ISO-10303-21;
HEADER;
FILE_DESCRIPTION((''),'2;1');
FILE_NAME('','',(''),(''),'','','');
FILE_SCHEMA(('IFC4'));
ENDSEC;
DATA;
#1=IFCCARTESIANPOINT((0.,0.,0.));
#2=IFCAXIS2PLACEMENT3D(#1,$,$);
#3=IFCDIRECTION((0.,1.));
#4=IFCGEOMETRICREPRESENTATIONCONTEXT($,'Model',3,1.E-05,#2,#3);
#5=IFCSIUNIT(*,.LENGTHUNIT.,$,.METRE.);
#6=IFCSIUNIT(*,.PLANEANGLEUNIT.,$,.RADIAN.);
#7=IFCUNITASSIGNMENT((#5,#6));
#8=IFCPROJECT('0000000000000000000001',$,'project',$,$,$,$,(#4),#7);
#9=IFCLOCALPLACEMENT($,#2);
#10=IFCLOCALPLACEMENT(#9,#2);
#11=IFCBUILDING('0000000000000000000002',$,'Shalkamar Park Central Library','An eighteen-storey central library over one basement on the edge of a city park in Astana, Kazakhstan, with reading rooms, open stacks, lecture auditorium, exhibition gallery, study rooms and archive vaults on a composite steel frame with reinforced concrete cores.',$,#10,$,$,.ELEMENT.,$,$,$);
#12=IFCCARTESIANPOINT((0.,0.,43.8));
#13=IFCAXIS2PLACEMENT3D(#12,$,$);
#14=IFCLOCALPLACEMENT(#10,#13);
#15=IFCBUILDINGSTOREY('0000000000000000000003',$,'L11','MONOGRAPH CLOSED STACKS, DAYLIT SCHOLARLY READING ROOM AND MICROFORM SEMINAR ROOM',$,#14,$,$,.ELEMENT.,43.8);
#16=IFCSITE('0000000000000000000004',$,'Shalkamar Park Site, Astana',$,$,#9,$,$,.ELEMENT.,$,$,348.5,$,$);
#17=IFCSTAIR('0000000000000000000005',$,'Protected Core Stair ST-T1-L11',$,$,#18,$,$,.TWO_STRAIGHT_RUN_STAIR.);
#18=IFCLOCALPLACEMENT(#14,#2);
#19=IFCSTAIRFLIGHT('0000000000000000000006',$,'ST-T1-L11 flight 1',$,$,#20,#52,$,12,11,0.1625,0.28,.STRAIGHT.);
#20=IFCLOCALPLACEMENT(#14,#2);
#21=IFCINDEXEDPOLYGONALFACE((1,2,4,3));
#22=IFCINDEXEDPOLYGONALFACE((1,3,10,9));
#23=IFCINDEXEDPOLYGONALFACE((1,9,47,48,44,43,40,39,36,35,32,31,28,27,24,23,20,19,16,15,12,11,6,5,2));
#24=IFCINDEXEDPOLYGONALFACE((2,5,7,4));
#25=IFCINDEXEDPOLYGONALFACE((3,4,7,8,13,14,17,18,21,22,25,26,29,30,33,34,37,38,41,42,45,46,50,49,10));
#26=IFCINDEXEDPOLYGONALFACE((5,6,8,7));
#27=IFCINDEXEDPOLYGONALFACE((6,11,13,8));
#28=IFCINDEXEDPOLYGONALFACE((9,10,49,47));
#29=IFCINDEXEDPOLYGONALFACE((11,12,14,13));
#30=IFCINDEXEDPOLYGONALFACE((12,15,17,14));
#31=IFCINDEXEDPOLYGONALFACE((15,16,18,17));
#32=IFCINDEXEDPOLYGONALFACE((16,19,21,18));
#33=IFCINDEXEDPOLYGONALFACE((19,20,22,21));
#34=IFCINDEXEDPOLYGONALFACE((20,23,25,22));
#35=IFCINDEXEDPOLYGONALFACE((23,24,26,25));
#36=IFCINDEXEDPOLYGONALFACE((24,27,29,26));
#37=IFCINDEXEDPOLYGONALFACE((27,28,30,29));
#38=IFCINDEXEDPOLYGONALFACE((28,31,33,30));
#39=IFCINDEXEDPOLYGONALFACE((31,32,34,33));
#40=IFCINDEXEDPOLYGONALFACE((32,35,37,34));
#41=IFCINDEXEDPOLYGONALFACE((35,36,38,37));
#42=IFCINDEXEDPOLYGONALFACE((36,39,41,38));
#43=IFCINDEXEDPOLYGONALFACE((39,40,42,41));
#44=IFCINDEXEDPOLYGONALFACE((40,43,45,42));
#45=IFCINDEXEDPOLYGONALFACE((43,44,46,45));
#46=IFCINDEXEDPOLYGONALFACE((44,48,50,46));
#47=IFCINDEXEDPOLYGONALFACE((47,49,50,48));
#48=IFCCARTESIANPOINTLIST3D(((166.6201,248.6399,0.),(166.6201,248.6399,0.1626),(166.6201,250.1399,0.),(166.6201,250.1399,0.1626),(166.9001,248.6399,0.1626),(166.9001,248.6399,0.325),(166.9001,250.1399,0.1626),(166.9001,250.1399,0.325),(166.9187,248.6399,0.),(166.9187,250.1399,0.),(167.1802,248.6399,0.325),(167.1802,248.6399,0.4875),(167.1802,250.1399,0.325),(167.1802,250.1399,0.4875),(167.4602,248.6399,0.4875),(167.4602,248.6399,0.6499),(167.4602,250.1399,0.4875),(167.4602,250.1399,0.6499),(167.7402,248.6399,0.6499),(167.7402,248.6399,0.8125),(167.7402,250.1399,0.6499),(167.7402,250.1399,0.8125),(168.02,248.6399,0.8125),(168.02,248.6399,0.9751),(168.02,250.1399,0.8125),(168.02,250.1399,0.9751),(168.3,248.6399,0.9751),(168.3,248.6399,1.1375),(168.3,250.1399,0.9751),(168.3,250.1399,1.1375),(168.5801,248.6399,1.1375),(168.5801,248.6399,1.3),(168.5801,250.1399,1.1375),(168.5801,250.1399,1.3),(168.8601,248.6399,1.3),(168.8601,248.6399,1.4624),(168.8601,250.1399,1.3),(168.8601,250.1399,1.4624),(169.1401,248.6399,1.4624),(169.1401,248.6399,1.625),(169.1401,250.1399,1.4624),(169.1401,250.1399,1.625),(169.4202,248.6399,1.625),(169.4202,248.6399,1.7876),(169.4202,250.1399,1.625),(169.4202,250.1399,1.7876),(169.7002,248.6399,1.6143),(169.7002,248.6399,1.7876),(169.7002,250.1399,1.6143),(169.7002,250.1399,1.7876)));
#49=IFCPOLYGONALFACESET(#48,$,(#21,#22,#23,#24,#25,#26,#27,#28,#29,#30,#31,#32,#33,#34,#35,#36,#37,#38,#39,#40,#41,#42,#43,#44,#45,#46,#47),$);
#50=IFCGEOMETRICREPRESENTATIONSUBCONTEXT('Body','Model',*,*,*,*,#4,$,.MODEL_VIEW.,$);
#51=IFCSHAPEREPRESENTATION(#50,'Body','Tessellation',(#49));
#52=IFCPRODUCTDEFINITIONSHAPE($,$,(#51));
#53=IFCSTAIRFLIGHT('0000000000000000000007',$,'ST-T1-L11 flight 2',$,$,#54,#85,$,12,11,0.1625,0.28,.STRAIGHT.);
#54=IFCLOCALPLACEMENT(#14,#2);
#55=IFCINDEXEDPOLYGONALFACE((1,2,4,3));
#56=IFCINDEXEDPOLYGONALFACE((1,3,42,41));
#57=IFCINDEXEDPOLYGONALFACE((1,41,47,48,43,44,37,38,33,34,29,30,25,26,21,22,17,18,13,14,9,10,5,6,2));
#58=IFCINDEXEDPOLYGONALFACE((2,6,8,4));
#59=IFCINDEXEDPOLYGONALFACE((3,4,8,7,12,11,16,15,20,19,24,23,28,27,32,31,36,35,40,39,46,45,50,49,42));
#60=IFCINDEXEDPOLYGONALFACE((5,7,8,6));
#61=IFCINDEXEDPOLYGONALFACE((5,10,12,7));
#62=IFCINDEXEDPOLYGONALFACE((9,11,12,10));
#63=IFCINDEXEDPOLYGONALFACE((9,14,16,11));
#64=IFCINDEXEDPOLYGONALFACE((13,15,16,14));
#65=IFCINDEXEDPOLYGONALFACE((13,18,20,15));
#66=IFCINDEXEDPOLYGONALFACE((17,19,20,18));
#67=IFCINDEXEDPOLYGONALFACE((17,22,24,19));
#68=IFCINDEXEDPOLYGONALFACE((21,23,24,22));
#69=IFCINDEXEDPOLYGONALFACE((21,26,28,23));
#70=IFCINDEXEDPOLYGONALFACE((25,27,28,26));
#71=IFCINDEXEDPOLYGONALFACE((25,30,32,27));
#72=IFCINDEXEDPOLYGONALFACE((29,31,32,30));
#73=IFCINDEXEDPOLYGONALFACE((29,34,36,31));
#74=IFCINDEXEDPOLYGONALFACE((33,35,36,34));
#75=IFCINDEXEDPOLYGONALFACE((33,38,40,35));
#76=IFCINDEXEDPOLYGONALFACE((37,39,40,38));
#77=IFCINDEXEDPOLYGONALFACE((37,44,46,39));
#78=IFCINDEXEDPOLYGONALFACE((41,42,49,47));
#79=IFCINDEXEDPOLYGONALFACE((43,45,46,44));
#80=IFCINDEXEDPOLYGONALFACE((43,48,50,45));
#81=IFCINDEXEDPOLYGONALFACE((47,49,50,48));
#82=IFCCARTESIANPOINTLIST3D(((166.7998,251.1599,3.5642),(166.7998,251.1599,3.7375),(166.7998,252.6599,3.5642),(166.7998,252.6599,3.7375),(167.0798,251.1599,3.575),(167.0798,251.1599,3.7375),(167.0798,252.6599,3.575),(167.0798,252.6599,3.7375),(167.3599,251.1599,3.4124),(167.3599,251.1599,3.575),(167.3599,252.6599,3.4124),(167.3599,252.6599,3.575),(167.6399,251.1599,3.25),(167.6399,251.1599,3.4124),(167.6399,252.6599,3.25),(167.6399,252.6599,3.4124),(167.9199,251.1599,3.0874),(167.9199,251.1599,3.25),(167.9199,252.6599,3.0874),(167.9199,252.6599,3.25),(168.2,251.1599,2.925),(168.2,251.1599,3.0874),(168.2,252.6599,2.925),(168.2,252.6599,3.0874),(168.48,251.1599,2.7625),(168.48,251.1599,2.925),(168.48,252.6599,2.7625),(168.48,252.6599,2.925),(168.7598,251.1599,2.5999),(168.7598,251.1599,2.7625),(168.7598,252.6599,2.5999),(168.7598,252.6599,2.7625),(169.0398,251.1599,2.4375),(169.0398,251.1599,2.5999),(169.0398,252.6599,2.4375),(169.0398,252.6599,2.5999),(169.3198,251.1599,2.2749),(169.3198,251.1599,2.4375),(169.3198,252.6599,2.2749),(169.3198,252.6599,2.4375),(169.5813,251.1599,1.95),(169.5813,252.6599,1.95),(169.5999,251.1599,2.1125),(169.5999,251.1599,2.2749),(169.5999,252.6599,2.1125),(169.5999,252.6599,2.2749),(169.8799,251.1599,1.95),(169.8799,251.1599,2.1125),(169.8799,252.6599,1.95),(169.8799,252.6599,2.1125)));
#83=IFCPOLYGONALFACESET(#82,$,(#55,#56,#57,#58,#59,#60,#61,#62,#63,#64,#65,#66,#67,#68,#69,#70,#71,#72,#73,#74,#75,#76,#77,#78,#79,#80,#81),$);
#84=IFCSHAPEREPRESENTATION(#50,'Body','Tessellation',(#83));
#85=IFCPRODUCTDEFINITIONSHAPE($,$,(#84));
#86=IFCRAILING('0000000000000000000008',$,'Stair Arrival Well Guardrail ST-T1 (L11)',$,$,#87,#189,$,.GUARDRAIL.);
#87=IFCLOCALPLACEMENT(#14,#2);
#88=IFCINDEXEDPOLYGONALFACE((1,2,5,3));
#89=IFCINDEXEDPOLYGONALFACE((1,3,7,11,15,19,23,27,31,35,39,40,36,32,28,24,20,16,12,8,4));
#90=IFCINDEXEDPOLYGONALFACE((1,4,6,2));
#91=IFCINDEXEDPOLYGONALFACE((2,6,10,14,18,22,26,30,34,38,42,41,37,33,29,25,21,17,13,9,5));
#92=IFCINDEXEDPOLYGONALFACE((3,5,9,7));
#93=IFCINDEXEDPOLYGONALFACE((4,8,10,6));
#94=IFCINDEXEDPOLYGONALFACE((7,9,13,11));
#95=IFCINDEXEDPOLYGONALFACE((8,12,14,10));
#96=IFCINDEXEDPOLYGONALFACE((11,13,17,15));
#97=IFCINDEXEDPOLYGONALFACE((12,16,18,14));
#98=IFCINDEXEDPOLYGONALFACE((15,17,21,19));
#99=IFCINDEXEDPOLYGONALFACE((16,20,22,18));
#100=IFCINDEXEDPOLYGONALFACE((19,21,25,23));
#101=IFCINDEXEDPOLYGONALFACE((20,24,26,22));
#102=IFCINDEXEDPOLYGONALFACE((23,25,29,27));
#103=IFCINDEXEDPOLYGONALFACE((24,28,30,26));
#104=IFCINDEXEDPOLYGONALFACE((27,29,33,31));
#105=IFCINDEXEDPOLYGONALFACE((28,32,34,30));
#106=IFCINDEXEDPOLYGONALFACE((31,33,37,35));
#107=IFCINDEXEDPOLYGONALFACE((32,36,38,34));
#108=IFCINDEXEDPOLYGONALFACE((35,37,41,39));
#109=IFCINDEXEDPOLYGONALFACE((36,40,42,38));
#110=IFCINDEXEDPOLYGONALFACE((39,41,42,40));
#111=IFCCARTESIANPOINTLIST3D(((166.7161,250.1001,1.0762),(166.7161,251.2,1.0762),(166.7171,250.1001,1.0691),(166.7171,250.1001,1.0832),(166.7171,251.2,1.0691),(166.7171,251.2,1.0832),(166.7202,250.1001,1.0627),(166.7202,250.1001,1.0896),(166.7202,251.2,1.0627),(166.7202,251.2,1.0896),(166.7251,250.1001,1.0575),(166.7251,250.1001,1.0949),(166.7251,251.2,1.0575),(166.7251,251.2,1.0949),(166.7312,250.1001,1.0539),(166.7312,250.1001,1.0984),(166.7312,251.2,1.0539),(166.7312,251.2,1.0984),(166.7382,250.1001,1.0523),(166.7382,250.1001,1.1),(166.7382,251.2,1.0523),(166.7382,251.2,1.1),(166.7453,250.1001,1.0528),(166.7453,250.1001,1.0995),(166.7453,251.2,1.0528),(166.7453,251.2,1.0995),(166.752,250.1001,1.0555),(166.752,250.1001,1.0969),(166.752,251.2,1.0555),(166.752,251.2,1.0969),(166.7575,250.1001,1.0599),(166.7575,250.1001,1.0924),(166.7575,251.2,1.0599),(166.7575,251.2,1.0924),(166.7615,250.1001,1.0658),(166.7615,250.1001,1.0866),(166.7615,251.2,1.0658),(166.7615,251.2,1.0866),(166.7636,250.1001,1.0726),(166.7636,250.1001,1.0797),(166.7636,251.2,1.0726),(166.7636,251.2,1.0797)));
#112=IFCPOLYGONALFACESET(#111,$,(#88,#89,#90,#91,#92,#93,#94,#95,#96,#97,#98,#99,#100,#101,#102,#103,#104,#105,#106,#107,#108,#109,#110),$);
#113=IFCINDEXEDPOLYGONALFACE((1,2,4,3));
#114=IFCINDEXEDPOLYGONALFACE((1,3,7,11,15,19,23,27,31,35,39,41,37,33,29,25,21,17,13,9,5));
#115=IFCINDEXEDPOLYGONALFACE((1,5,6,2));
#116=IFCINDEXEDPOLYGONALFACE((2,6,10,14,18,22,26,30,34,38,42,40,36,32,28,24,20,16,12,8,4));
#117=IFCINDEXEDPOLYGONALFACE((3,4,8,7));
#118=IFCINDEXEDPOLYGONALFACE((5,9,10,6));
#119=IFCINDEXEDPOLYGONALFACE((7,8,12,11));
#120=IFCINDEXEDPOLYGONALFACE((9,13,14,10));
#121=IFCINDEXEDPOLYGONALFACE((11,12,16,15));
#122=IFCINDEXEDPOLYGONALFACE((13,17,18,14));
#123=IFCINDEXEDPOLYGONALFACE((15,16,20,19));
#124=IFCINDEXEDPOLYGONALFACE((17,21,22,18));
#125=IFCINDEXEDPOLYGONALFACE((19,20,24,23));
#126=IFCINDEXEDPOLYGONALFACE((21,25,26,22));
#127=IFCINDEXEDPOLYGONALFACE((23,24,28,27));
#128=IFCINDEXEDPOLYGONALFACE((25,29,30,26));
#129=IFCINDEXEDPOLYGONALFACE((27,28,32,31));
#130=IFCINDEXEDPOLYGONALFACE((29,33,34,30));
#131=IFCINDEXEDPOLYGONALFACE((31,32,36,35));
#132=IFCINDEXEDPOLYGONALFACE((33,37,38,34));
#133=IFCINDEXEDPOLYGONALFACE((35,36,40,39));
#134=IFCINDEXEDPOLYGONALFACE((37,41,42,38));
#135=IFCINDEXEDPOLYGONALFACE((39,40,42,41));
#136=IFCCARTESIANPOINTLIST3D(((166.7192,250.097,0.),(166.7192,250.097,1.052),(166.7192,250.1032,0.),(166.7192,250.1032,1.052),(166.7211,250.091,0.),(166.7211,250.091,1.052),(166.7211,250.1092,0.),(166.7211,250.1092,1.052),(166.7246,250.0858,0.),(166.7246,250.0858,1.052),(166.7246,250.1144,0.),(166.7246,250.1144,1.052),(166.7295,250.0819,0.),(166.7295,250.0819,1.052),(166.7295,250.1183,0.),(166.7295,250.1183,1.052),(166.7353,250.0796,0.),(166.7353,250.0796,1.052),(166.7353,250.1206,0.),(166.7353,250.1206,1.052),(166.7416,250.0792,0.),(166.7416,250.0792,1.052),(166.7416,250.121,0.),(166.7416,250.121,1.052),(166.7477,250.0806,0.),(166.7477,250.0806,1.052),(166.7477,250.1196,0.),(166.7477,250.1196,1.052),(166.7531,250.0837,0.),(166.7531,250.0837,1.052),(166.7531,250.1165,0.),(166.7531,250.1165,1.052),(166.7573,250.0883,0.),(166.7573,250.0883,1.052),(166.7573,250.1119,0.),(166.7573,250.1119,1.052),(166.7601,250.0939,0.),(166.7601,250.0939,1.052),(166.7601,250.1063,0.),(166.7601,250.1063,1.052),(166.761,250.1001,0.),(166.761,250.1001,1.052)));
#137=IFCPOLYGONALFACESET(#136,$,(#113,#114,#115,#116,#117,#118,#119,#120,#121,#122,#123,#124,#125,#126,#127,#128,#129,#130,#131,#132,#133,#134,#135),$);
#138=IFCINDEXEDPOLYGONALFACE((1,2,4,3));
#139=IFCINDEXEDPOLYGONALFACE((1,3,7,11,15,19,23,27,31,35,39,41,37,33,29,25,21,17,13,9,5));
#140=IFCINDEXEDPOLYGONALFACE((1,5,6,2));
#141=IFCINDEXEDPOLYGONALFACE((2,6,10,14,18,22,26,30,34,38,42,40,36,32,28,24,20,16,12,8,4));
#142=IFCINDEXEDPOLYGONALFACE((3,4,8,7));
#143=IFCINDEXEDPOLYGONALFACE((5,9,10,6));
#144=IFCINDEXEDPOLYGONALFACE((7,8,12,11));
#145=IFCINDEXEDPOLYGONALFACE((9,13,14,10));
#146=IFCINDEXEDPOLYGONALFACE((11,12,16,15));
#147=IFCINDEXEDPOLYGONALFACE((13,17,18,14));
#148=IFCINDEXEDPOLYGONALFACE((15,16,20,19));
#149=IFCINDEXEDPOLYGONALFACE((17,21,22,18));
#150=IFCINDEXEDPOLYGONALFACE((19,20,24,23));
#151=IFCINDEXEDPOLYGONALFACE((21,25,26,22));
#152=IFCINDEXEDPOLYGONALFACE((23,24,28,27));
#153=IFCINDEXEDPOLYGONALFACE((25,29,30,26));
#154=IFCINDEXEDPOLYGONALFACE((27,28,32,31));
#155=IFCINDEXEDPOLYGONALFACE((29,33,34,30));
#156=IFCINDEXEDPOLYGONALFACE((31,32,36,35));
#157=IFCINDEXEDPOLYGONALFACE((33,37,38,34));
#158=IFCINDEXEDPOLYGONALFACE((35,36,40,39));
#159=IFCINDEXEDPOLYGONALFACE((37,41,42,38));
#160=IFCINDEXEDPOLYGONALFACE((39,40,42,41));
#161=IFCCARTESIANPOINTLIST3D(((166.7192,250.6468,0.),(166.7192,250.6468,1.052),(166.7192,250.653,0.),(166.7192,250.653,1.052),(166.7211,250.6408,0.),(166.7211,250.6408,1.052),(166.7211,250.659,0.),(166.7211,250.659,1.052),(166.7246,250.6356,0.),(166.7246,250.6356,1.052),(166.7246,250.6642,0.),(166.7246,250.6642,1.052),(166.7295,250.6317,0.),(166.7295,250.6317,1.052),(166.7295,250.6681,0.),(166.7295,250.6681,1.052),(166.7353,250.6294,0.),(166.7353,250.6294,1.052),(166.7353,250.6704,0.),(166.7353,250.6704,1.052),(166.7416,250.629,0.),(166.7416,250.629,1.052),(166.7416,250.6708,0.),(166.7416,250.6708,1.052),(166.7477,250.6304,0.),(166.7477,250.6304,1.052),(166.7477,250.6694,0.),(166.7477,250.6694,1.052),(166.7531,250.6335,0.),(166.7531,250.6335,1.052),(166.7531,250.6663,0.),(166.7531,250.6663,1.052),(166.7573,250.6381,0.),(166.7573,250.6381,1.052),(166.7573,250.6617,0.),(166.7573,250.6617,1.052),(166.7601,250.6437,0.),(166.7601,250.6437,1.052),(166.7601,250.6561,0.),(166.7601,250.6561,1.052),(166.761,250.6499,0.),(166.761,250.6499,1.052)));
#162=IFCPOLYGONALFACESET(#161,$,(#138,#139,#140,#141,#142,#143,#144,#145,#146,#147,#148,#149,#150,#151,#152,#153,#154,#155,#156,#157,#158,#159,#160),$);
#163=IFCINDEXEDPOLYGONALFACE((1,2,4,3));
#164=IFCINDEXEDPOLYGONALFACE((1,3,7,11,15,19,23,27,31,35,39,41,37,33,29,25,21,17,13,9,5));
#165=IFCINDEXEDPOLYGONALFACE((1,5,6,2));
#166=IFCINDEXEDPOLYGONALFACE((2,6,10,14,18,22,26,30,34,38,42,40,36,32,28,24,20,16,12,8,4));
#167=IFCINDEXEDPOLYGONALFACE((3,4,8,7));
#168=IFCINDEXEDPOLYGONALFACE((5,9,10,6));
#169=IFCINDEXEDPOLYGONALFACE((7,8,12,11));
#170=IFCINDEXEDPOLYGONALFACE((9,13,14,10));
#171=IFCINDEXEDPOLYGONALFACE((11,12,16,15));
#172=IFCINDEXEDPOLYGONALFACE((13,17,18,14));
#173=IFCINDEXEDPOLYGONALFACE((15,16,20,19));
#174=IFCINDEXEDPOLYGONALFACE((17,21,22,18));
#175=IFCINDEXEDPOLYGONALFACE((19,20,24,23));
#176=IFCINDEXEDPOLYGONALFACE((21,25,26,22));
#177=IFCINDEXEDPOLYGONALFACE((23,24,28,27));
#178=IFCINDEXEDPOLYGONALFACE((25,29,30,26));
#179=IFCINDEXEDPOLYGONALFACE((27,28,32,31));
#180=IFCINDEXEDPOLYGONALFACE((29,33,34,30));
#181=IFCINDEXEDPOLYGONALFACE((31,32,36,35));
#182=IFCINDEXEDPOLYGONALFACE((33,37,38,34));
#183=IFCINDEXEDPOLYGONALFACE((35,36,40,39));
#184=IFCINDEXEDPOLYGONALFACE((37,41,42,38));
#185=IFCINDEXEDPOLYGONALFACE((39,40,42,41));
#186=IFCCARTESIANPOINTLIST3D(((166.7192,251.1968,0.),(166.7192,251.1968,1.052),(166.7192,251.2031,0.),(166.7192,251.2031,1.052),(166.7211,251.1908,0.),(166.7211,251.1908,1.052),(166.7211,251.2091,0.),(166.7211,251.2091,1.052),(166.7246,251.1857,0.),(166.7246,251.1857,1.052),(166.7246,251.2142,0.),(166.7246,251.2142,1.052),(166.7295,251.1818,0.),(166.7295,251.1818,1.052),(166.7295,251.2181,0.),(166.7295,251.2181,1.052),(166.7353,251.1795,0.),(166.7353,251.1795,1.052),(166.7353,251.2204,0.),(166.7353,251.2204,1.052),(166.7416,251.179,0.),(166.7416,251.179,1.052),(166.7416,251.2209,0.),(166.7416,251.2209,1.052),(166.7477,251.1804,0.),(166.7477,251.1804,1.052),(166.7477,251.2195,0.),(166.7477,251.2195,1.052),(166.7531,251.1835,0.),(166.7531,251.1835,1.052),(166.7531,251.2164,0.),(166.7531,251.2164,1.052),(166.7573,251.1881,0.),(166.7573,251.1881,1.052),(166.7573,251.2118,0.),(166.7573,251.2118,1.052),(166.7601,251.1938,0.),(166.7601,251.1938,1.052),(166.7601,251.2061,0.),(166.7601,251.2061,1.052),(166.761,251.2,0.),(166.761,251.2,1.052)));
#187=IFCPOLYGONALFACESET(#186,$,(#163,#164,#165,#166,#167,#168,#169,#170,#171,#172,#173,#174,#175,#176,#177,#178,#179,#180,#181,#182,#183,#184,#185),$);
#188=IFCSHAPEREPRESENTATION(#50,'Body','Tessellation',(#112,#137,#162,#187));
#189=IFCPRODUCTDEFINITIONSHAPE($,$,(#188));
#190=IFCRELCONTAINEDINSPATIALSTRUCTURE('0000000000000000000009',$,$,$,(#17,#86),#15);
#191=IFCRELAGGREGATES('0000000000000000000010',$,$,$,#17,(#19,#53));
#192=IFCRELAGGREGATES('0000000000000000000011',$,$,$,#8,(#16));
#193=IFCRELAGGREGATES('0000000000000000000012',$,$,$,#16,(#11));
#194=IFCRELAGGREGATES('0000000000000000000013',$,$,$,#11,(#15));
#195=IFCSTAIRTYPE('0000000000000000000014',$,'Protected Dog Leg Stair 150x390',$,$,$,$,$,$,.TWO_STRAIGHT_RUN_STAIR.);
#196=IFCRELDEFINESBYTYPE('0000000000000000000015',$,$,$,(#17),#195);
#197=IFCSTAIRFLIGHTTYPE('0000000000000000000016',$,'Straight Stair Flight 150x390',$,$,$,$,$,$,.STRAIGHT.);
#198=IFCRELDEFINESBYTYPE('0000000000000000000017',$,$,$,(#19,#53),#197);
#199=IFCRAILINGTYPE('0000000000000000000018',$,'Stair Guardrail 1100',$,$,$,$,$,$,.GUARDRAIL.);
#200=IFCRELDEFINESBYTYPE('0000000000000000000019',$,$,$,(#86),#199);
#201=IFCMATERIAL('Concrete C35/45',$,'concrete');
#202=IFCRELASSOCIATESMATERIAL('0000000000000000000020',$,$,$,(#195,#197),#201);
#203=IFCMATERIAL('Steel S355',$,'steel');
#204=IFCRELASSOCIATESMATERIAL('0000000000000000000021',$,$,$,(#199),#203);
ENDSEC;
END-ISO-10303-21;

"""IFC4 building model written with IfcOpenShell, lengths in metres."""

from ifc_helpers import new_model, si_unit, direction, frame, origin, origin_2d, place, context, subcontext, project, spatial, polyline, circle, outline, extrude, material, type_object, element, aggregate, save


model = new_model("IFC4")

# Units and contexts
model_context = context("Model", 3, precision=1e-05, world=origin(), true_north=direction((0.0, 1.0)))
body_context = subcontext(model_context, "Body", "Model", "MODEL_VIEW")
ifc_project = project(units=[si_unit("LENGTHUNIT", "METRE"), si_unit("PLANEANGLEUNIT", "RADIAN")], contexts=[model_context])

# Site, building, storey
site_placement = place(None, origin())
site = spatial("IfcSite", under=ifc_project, at=site_placement, Name="Shalkamar Park Site, Astana", CompositionType="ELEMENT", RefElevation=348.5)
building_placement = place(site_placement, origin())
building = spatial("IfcBuilding", under=site, at=building_placement, Name="Shalkamar Park Central Library", Description="An eighteen-storey central library over one basement on the edge of a city park in Astana, Kazakhstan, with reading rooms, open stacks, lecture auditorium, exhibition gallery, study rooms and archive vaults on a composite steel frame with reinforced concrete cores.", CompositionType="ELEMENT")
storey_placement = place(building_placement, frame((0.0, 0.0, 43.8)))
storey = spatial("IfcBuildingStorey", under=building, at=storey_placement, Name="L11", Description="MONOGRAPH CLOSED STACKS, DAYLIT SCHOLARLY READING ROOM AND MICROFORM SEMINAR ROOM", CompositionType="ELEMENT", Elevation=43.8)

# Shared definitions
ifc_material_1 = material(Name="Steel S355", Category="steel")

# Stair, stair flights
ifc_material_2 = material(Name="Concrete C35/45", Category="concrete")
stair_type = type_object("IfcStairType", Name="Protected Dog Leg Stair 150x390", PredefinedType="TWO_STRAIGHT_RUN_STAIR", material=ifc_material_2)
stair_placement = place(storey_placement, origin())
stair = element("IfcStair", 1, at=stair_placement, inside=storey, type_object=stair_type, Name="Protected Core Stair ST-T1-L11", PredefinedType="TWO_STRAIGHT_RUN_STAIR")
stair_flight_type = type_object("IfcStairFlightType", Name="Straight Stair Flight 150x390", PredefinedType="STRAIGHT", material=ifc_material_2)
stair_flight_1_placement = place(storey_placement, frame((166.6201, 249.3899, 0.0), z_axis=(0.0, 0.0, 1.0), x_axis=(1.0, 0.0, 0.0)))
stair_flight_1 = element("IfcStairFlight", 2, at=stair_flight_1_placement, type_object=stair_flight_type, Name="ST-T1-L11 flight 1", NumberOfRisers=12, NumberOfTreads=11, PredefinedType="STRAIGHT", RiserHeight=0.1625, TreadLength=0.28, context=body_context, shape_type="SweptSolid", body=[
    extrude(outline(polyline([(0.0, 0.0), (0.0, 0.1626), (0.28, 0.1626), (0.28, 0.325), (0.5601, 0.325), (0.5601, 0.4875), (0.8401, 0.4875), (0.8401, 0.6499), (1.1201, 0.6499), (1.1201, 0.8125), (1.3999, 0.8125), (1.3999, 0.9751), (1.6799, 0.9751), (1.6799, 1.1375), (1.96, 1.1375), (1.96, 1.3), (2.24, 1.3), (2.24, 1.4624), (2.52, 1.4624), (2.52, 1.625), (2.8, 1.625), (2.8, 1.7876), (3.0801, 1.7876), (3.0801, 1.95), (3.0801, 1.6143), (0.2986, 0.0), (0.0, 0.0)])), frame((0.0, 0.75, 0.0), z_axis=(0.0, -1.0, 0.0), x_axis=(1.0, 0.0, 0.0)), (0.0, 0.0, 1.0), 1.5),
])
stair_flight_2_placement = place(storey_placement, frame((169.8799, 251.9099, 1.95), z_axis=(0.0, 0.0, 1.0), x_axis=(-1.0, 0.0, 0.0)))
stair_flight_2 = element("IfcStairFlight", 3, at=stair_flight_2_placement, type_object=stair_flight_type, Name="ST-T1-L11 flight 2", NumberOfRisers=12, NumberOfTreads=11, PredefinedType="STRAIGHT", RiserHeight=0.1625, TreadLength=0.28, context=body_context, shape_type="SweptSolid", body=[
    extrude(outline(polyline([(0.0, 0.0), (0.0, 0.1626), (0.28, 0.1626), (0.28, 0.325), (0.5601, 0.325), (0.5601, 0.4875), (0.8401, 0.4875), (0.8401, 0.6499), (1.1201, 0.6499), (1.1201, 0.8125), (1.3999, 0.8125), (1.3999, 0.9751), (1.6799, 0.9751), (1.6799, 1.1375), (1.96, 1.1375), (1.96, 1.3), (2.24, 1.3), (2.24, 1.4624), (2.52, 1.4624), (2.52, 1.625), (2.8, 1.625), (2.8, 1.7876), (3.0801, 1.7876), (3.0801, 1.95), (3.0801, 1.6143), (0.2986, 0.0), (0.0, 0.0)])), frame((0.0, 0.75, 0.0), z_axis=(0.0, -1.0, 0.0), x_axis=(1.0, 0.0, 0.0)), (0.0, 0.0, 1.0), 1.5),
])
aggregate(stair, [stair_flight_1, stair_flight_2])

# Railing
railing_type_1 = type_object("IfcRailingType", Name="Stair Guardrail 1100", PredefinedType="GUARDRAIL", material=ifc_material_1)
railing_1_placement = place(storey_placement, frame((166.74, 250.1001, 0.0)))
element("IfcRailing", 4, at=railing_1_placement, inside=storey, type_object=railing_type_1, Name="Stair Arrival Well Guardrail ST-T1 (L11)", PredefinedType="GUARDRAIL", context=body_context, shape_type="SweptSolid", body=[
    extrude(circle(Radius=0.0239, at=origin_2d()), frame((0.0, 0.0, 1.0762), z_axis=(0.0, 1.0, 0.0), x_axis=(-1.0, 0.0, 0.0)), (0.0, 0.0, 1.0), 1.0999),
    extrude(circle(Radius=0.021, at=origin_2d()), origin(), (0.0, 0.0, 1.0), 1.052),
    extrude(circle(Radius=0.021, at=origin_2d()), frame((0.0, 0.5498, 0.0)), (0.0, 0.0, 1.0), 1.052),
    extrude(circle(Radius=0.021, at=origin_2d()), frame((0.0, 1.0999, 0.0)), (0.0, 0.0, 1.0), 1.052),
])

save(model, "model.ifc")
